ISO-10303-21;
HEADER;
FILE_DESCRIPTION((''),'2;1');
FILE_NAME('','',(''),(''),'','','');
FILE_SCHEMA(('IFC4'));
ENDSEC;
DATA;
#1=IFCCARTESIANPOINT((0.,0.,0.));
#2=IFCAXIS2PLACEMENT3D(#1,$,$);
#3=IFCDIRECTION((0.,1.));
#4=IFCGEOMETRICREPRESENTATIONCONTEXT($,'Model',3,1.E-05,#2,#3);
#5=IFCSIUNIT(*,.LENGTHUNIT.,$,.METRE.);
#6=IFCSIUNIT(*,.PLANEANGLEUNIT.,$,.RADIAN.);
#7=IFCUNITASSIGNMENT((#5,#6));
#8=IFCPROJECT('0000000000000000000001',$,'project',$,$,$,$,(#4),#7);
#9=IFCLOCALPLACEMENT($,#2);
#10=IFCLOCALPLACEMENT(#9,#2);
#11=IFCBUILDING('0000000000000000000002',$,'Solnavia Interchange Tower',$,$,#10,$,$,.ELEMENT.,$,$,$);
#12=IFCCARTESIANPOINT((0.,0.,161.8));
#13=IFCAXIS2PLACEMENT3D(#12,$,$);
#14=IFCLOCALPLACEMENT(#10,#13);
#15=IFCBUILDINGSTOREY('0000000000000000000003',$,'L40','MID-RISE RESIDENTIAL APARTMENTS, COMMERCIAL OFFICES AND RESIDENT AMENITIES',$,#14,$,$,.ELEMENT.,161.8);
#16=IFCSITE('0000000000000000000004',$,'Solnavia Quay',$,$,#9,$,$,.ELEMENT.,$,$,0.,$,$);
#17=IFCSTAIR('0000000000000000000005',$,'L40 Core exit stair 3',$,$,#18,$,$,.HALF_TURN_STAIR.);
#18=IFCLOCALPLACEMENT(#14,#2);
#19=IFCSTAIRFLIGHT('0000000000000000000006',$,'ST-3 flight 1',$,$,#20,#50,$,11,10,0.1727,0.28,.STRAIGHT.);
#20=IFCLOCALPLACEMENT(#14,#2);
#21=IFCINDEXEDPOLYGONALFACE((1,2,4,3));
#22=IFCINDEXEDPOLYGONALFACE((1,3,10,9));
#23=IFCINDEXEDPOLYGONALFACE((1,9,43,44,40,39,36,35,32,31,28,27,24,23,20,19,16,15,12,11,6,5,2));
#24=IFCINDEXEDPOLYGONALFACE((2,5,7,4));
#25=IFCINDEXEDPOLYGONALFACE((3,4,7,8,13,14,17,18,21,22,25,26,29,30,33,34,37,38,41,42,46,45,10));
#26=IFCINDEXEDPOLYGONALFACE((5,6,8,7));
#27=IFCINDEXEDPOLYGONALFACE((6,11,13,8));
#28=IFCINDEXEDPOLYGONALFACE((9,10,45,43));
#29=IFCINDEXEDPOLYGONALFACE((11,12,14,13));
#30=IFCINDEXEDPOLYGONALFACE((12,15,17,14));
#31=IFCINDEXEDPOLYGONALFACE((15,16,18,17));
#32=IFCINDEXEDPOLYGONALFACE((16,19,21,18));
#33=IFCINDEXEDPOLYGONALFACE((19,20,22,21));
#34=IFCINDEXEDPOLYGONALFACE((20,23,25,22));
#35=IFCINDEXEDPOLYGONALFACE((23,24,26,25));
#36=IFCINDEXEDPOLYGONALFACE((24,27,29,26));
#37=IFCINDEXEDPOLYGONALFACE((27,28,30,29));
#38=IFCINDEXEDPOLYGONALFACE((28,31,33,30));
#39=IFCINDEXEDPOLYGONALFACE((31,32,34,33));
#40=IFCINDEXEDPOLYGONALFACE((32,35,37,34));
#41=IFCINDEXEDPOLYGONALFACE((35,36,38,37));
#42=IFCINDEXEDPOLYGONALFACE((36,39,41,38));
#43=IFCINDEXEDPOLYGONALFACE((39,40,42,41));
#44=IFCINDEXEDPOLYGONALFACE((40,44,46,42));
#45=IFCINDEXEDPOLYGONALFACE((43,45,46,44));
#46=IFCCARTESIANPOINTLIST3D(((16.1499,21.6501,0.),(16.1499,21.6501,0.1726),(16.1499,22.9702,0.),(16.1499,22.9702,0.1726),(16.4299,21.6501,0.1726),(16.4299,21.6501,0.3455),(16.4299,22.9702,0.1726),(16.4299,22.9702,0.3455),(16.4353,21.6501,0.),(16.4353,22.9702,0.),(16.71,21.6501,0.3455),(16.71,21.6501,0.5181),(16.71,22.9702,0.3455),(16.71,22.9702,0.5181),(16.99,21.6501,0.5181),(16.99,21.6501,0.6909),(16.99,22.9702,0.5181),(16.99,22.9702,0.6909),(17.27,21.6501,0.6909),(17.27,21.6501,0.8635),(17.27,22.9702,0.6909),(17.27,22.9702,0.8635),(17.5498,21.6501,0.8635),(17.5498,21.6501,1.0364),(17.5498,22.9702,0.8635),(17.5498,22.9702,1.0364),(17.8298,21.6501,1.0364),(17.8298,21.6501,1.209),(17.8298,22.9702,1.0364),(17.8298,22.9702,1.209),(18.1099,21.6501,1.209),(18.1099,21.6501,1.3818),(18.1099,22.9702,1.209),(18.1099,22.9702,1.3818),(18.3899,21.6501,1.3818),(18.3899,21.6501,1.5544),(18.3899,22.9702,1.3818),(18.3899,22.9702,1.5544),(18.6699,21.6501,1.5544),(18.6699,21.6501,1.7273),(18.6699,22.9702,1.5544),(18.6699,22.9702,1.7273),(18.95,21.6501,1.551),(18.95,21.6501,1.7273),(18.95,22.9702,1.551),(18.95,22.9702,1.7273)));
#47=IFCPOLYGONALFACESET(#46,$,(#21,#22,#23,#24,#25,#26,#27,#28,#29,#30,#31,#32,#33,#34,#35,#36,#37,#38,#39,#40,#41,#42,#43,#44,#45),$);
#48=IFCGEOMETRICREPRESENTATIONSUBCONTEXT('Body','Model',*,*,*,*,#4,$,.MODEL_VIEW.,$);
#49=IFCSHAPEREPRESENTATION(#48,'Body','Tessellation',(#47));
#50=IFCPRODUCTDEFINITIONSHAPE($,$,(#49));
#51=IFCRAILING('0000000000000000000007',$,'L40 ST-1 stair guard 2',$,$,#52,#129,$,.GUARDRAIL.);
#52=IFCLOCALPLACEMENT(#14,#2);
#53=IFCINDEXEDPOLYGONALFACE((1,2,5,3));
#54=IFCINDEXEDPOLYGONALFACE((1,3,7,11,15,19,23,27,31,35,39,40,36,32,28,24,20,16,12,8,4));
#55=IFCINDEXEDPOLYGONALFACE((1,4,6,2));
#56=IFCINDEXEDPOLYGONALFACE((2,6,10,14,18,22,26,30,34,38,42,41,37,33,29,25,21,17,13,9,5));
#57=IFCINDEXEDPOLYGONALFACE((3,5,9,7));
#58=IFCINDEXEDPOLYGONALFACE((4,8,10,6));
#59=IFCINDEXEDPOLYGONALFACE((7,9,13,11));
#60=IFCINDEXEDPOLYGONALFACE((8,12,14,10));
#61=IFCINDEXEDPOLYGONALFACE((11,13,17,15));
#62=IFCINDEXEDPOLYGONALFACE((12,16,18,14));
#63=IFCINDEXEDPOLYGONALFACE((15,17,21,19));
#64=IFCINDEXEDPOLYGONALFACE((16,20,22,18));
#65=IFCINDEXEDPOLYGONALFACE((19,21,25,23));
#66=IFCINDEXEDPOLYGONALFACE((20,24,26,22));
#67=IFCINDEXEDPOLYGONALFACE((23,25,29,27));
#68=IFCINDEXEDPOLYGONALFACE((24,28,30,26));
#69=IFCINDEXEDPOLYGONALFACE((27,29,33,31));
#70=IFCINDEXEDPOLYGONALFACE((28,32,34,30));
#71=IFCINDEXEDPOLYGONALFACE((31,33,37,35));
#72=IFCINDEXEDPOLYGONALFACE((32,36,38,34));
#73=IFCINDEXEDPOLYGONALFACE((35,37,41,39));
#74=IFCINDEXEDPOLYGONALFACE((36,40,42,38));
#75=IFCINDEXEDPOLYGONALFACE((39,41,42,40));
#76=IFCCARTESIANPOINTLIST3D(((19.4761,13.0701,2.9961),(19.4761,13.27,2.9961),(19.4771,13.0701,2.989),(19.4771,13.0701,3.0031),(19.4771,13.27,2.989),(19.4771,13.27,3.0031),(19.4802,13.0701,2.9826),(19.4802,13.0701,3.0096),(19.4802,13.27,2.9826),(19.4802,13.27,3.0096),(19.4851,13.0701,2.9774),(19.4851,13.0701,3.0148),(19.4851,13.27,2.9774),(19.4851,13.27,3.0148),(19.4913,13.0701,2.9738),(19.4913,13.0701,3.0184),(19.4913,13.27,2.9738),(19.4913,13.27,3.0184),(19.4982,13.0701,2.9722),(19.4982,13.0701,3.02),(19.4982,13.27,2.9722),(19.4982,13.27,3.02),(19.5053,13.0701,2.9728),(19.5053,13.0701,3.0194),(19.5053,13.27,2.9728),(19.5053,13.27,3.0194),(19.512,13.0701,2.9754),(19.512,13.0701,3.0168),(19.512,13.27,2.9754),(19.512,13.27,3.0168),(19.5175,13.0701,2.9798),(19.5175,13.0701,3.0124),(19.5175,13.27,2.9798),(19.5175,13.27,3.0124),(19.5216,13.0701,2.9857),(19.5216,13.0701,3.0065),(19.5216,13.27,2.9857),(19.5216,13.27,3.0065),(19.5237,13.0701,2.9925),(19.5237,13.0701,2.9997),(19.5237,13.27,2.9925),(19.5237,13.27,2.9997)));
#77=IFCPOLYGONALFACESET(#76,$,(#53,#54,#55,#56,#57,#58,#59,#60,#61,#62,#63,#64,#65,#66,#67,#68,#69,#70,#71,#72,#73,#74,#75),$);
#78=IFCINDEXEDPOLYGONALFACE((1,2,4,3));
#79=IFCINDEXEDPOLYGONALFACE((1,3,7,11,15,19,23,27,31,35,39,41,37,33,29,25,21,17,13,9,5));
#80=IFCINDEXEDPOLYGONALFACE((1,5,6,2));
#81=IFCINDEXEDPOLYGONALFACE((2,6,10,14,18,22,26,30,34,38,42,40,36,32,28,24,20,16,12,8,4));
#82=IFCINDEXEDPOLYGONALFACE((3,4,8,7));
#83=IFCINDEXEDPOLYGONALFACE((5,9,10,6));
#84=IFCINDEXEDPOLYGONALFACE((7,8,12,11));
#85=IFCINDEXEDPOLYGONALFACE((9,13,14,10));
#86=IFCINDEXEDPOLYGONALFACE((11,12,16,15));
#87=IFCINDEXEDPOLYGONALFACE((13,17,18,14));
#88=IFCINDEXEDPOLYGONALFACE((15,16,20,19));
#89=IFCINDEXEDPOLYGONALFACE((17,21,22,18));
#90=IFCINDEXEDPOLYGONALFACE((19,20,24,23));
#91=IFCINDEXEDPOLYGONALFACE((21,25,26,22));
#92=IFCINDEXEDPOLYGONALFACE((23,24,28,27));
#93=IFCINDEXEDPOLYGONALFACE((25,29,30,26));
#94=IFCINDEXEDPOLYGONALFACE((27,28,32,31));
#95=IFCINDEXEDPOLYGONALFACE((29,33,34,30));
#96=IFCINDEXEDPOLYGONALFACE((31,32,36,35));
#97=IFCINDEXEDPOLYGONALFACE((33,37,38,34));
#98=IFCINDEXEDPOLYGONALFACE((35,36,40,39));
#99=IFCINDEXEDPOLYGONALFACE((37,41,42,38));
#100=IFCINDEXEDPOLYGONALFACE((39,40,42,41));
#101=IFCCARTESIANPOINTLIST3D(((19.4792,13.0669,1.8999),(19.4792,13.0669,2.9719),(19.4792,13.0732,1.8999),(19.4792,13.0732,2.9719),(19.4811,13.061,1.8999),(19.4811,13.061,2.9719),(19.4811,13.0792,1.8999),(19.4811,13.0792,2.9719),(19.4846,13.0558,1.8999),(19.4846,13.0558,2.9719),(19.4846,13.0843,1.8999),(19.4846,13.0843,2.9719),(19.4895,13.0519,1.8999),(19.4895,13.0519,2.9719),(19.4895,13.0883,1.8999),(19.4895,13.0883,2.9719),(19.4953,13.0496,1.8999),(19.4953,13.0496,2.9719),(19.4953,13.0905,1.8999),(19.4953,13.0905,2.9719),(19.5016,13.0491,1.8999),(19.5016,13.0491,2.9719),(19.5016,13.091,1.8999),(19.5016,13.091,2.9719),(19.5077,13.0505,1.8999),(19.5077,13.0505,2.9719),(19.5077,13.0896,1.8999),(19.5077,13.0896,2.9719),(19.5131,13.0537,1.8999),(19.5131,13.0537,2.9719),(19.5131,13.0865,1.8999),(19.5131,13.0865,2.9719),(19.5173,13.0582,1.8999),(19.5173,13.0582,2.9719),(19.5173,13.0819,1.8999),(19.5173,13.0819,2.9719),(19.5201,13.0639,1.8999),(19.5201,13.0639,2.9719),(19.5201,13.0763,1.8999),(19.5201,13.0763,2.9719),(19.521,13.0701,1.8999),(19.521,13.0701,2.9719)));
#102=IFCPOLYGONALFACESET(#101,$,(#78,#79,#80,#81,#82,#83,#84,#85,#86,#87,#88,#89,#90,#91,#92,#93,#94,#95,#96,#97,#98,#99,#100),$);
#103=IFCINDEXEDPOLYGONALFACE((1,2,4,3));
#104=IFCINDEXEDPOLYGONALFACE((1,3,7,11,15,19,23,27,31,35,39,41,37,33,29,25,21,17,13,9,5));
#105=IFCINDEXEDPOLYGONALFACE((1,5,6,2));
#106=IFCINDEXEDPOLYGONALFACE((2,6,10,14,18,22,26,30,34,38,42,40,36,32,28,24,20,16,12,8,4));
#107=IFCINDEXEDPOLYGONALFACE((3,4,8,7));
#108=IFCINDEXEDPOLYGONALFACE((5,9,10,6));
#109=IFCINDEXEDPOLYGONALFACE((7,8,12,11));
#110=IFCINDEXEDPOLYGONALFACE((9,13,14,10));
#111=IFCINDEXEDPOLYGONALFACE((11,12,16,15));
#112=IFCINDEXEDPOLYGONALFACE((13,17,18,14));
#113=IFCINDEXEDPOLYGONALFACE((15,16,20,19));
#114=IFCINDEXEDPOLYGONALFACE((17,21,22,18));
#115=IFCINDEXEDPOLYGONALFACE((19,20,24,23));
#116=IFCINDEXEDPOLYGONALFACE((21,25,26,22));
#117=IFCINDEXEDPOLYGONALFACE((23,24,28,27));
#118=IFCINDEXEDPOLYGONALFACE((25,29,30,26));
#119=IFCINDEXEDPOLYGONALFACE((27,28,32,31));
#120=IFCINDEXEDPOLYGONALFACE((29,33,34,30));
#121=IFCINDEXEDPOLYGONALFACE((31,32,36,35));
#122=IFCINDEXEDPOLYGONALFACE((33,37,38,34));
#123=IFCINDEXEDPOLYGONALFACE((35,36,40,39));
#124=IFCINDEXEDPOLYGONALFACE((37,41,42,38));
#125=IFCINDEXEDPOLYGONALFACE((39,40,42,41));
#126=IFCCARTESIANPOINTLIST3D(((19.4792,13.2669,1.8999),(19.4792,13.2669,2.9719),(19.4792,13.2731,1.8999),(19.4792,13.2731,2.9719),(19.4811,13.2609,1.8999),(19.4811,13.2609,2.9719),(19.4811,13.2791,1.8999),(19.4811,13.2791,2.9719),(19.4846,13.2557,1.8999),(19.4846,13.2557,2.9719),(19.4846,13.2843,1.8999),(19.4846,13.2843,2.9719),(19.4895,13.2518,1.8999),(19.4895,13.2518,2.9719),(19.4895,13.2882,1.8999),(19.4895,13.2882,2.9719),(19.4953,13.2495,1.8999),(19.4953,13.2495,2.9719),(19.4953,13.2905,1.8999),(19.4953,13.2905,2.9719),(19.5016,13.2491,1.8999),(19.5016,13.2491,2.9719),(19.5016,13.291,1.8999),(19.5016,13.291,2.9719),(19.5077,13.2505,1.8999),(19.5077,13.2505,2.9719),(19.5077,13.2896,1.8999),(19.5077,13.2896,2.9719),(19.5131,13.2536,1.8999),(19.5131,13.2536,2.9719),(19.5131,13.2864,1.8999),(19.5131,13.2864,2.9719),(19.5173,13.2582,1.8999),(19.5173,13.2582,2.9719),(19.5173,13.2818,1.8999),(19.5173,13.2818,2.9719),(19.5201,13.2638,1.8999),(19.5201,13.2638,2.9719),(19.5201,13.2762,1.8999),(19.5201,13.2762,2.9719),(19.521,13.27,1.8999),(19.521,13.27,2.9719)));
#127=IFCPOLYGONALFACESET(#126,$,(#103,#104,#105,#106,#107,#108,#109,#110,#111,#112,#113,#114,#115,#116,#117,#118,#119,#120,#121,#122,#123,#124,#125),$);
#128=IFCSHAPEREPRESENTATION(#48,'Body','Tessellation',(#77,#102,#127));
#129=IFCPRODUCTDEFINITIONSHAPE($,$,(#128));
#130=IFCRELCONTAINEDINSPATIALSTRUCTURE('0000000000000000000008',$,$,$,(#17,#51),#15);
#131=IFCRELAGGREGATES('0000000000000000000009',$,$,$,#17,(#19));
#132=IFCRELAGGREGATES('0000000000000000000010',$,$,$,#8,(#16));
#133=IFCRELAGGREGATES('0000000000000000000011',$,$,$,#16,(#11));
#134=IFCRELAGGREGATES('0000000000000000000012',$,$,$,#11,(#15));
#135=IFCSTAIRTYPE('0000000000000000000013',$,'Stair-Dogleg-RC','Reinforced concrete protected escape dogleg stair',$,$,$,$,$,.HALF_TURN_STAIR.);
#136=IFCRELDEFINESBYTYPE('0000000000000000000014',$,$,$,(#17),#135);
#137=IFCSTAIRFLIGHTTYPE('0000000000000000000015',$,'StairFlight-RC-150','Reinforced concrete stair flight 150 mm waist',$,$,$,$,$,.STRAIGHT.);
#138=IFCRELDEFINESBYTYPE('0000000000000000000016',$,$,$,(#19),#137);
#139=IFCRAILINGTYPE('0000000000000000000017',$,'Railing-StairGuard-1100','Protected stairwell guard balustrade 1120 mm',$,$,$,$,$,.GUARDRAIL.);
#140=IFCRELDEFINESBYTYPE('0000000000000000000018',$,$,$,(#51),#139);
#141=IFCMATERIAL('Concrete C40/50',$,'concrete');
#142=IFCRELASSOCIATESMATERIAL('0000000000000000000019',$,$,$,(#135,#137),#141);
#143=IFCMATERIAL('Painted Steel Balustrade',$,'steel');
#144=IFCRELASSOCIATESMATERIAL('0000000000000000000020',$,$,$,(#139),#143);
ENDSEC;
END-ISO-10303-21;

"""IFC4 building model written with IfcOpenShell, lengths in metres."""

from ifc_helpers import new_model, si_unit, direction, frame, origin, origin_2d, place, context, subcontext, project, spatial, polyline, circle, outline, extrude, material, type_object, element, aggregate, save


model = new_model("IFC4")

# Units and contexts
model_context = context("Model", 3, precision=1e-05, world=origin(), true_north=direction((0.0, 1.0)))
body_context = subcontext(model_context, "Body", "Model", "MODEL_VIEW")
ifc_project = project(units=[si_unit("LENGTHUNIT", "METRE"), si_unit("PLANEANGLEUNIT", "RADIAN")], contexts=[model_context])

# Site, building, storey
site_placement = place(None, origin())
site = spatial("IfcSite", under=ifc_project, at=site_placement, Name="Solnavia Quay", CompositionType="ELEMENT", RefElevation=0.0)
building_placement = place(site_placement, origin())
building = spatial("IfcBuilding", under=site, at=building_placement, Name="Solnavia Interchange Tower", CompositionType="ELEMENT")
storey_placement = place(building_placement, frame((0.0, 0.0, 161.8)))
storey = spatial("IfcBuildingStorey", under=building, at=storey_placement, Name="L40", Description="MID-RISE RESIDENTIAL APARTMENTS, COMMERCIAL OFFICES AND RESIDENT AMENITIES", CompositionType="ELEMENT", Elevation=161.8)

# Shared definitions
ifc_material_1 = material(Name="Concrete C40/50", Category="concrete")

# Stair, stair flight
stair_type = type_object("IfcStairType", Name="Stair-Dogleg-RC", Description="Reinforced concrete protected escape dogleg stair", PredefinedType="HALF_TURN_STAIR", material=ifc_material_1)
stair_flight_type = type_object("IfcStairFlightType", Name="StairFlight-RC-150", Description="Reinforced concrete stair flight 150 mm waist", PredefinedType="STRAIGHT", material=ifc_material_1)
stair_1_placement = place(storey_placement, origin())
stair_1 = element("IfcStair", 1, at=stair_1_placement, inside=storey, type_object=stair_type, Name="L40 Core exit stair 3", PredefinedType="HALF_TURN_STAIR")
stair_flight_1_placement = place(storey_placement, frame((16.1499, 22.3101, 0.0), z_axis=(0.0, 0.0, 1.0), x_axis=(1.0, 0.0, 0.0)))
stair_flight_1 = element("IfcStairFlight", 2, at=stair_flight_1_placement, type_object=stair_flight_type, Name="ST-3 flight 1", NumberOfRisers=11, NumberOfTreads=10, PredefinedType="STRAIGHT", RiserHeight=0.1727, TreadLength=0.28, context=body_context, shape_type="SweptSolid", body=[
    extrude(outline(polyline([(0.0, 0.0), (0.0, 0.1726), (0.28, 0.1726), (0.28, 0.3455), (0.5601, 0.3455), (0.5601, 0.5181), (0.8401, 0.5181), (0.8401, 0.6909), (1.1201, 0.6909), (1.1201, 0.8635), (1.3999, 0.8635), (1.3999, 1.0364), (1.6799, 1.0364), (1.6799, 1.209), (1.96, 1.209), (1.96, 1.3818), (2.24, 1.3818), (2.24, 1.5544), (2.52, 1.5544), (2.52, 1.7273), (2.8, 1.7273), (2.8, 1.8999), (2.8, 1.551), (0.2854, 0.0), (0.0, 0.0)])), frame((0.0, 0.6602, 0.0), z_axis=(0.0, -1.0, 0.0), x_axis=(1.0, 0.0, 0.0)), (0.0, 0.0, 1.0), 1.3201),
])
aggregate(stair_1, [stair_flight_1])

# Railing
ifc_material_2 = material(Name="Painted Steel Balustrade", Category="steel")
railing_type_1 = type_object("IfcRailingType", Name="Railing-StairGuard-1100", Description="Protected stairwell guard balustrade 1120 mm", PredefinedType="GUARDRAIL", material=ifc_material_2)
railing_1_placement = place(storey_placement, frame((19.5, 13.0701, 1.8999)))
element("IfcRailing", 3, at=railing_1_placement, inside=storey, type_object=railing_type_1, Name="L40 ST-1 stair guard 2", PredefinedType="GUARDRAIL", context=body_context, shape_type="SweptSolid", body=[
    extrude(circle(Radius=0.0239, at=origin_2d()), frame((0.0, 0.0, 1.0962), z_axis=(0.0, 1.0, 0.0), x_axis=(-1.0, 0.0, 0.0)), (0.0, 0.0, 1.0), 0.2),
    extrude(circle(Radius=0.021, at=origin_2d()), origin(), (0.0, 0.0, 1.0), 1.072),
    extrude(circle(Radius=0.021, at=origin_2d()), frame((0.0, 0.2, 0.0)), (0.0, 0.0, 1.0), 1.072),
])

save(model, "model.ifc")
